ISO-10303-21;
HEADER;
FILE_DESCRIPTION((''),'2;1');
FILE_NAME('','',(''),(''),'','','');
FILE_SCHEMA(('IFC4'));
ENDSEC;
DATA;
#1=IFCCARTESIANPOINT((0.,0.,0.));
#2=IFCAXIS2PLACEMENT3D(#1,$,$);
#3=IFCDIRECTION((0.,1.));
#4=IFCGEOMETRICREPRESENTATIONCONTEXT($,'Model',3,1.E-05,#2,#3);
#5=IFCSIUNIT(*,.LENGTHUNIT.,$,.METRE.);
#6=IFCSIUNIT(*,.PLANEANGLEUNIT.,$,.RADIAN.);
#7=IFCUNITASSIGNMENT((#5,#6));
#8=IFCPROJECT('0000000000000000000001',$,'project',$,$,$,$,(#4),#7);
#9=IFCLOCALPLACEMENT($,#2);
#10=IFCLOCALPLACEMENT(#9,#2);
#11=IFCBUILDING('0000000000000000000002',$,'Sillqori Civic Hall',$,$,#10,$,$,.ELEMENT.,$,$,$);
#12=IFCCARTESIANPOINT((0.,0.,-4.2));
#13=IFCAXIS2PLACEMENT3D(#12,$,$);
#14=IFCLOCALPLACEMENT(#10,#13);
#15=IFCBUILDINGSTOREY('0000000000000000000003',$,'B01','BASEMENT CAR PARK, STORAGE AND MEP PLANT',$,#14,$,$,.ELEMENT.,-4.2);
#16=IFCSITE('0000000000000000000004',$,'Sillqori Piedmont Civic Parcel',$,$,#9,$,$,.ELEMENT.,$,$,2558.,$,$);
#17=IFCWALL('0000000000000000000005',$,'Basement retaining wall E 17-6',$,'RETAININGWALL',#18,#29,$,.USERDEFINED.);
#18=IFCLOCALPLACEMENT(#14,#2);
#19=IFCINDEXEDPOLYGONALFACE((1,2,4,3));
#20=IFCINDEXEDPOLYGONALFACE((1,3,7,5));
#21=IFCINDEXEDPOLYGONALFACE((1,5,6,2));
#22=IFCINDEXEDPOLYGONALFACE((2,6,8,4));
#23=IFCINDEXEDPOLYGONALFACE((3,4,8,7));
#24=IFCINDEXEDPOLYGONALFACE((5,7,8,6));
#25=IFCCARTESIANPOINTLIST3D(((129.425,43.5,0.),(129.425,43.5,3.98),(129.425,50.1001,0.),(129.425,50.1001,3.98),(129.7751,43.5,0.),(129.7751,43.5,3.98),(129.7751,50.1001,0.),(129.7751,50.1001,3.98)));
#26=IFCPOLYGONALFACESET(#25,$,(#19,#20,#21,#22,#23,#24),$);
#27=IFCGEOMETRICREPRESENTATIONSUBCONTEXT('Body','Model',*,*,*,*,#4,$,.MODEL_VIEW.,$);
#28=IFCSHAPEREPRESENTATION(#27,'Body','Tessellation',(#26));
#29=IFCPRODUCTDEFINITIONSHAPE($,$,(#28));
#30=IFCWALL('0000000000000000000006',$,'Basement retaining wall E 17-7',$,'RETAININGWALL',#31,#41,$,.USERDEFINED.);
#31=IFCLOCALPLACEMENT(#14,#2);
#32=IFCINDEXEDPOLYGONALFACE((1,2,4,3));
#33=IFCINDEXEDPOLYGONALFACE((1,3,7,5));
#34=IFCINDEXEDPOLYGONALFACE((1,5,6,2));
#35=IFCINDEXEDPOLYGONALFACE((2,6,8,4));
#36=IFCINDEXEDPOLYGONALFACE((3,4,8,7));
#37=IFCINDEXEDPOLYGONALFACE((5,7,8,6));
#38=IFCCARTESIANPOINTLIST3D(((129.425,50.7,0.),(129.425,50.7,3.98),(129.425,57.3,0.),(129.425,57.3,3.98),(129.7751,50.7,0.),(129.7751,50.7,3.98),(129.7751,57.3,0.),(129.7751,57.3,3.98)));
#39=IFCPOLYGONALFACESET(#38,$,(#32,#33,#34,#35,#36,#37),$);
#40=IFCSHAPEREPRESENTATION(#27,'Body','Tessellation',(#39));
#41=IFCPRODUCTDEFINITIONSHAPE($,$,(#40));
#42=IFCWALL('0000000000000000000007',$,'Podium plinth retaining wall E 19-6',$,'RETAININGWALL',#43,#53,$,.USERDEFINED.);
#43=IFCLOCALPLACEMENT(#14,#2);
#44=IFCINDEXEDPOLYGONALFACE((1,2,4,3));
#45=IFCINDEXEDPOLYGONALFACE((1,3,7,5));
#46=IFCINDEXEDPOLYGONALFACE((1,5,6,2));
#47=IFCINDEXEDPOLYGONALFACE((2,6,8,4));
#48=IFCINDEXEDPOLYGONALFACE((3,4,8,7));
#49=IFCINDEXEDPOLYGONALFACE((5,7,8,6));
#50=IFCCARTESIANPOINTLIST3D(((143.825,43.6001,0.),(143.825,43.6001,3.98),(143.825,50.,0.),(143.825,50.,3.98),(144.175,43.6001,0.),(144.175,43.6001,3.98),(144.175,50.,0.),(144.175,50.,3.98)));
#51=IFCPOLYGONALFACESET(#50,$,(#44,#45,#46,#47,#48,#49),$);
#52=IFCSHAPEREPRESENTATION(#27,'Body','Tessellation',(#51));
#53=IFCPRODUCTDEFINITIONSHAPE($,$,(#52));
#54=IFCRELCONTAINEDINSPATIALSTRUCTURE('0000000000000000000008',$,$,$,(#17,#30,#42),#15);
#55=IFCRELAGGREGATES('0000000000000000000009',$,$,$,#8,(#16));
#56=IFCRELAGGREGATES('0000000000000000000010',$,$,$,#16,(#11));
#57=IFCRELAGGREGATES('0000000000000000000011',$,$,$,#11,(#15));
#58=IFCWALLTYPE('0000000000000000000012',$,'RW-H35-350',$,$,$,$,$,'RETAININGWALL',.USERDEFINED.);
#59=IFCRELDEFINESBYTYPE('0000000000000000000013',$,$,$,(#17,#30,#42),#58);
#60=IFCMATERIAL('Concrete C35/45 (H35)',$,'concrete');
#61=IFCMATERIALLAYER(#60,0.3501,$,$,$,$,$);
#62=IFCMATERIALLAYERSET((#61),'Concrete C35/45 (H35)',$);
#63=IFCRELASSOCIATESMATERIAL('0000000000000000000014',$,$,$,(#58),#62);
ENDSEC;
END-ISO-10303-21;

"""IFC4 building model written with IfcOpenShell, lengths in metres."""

from ifc_helpers import new_model, si_unit, direction, frame, frame_2d, origin, place, context, subcontext, project, spatial, rectangle, extrude, material, layer, layer_set, type_object, element, save


model = new_model("IFC4")

# Units and contexts
model_context = context("Model", 3, precision=1e-05, world=origin(), true_north=direction((0.0, 1.0)))
body_context = subcontext(model_context, "Body", "Model", "MODEL_VIEW")
ifc_project = project(units=[si_unit("LENGTHUNIT", "METRE"), si_unit("PLANEANGLEUNIT", "RADIAN")], contexts=[model_context])

# Site, building, storey
site_placement = place(None, origin())
site = spatial("IfcSite", under=ifc_project, at=site_placement, Name="Sillqori Piedmont Civic Parcel", CompositionType="ELEMENT", RefElevation=2558.0)
building_placement = place(site_placement, origin())
building = spatial("IfcBuilding", under=site, at=building_placement, Name="Sillqori Civic Hall", CompositionType="ELEMENT")
storey_placement = place(building_placement, frame((0.0, 0.0, -4.2)))
storey = spatial("IfcBuildingStorey", under=building, at=storey_placement, Name="B01", Description="BASEMENT CAR PARK, STORAGE AND MEP PLANT", CompositionType="ELEMENT", Elevation=-4.2)

# Shared definitions
ifc_material_1 = material(Name="Concrete C35/45 (H35)", Category="concrete")

# Walls
ifc_layer = layer(ifc_material_1, 0.3501)
ifc_layer_set = layer_set([ifc_layer], Name="Concrete C35/45 (H35)")
wall_type = type_object("IfcWallType", Name="RW-H35-350", ElementType="RETAININGWALL", PredefinedType="USERDEFINED", material=ifc_layer_set)
for number, where, z_axis, x_axis, name in (
    (1, (129.6001, 43.5, 0.0), (0.0, 0.0, 1.0), (0.0, 1.0, 0.0), "Basement retaining wall E 17-6"),
    (2, (129.6001, 50.7, 0.0), (0.0, 0.0, 1.0), (0.0, 1.0, 0.0), "Basement retaining wall E 17-7"),
):
    element("IfcWall", number, at=place(storey_placement, frame(where, z_axis=z_axis, x_axis=x_axis)), inside=storey, type_object=wall_type, Name=name, ObjectType="RETAININGWALL", PredefinedType="USERDEFINED", context=body_context, shape_type="SweptSolid", body=[
        extrude(rectangle(XDim=6.6001, YDim=0.3501, at=frame_2d((3.3, 0.0))), origin(), (0.0, 0.0, 1.0), 3.98),
    ])
wall_placement = place(storey_placement, frame((144.0, 43.6001, 0.0), z_axis=(0.0, 0.0, 1.0), x_axis=(0.0, 1.0, 0.0)))
element("IfcWall", 3, at=wall_placement, inside=storey, type_object=wall_type, Name="Podium plinth retaining wall E 19-6", ObjectType="RETAININGWALL", PredefinedType="USERDEFINED", context=body_context, shape_type="SweptSolid", body=[
    extrude(rectangle(XDim=6.3999, YDim=0.3501, at=frame_2d((3.2, 0.0))), origin(), (0.0, 0.0, 1.0), 3.98),
])

save(model, "model.ifc")
